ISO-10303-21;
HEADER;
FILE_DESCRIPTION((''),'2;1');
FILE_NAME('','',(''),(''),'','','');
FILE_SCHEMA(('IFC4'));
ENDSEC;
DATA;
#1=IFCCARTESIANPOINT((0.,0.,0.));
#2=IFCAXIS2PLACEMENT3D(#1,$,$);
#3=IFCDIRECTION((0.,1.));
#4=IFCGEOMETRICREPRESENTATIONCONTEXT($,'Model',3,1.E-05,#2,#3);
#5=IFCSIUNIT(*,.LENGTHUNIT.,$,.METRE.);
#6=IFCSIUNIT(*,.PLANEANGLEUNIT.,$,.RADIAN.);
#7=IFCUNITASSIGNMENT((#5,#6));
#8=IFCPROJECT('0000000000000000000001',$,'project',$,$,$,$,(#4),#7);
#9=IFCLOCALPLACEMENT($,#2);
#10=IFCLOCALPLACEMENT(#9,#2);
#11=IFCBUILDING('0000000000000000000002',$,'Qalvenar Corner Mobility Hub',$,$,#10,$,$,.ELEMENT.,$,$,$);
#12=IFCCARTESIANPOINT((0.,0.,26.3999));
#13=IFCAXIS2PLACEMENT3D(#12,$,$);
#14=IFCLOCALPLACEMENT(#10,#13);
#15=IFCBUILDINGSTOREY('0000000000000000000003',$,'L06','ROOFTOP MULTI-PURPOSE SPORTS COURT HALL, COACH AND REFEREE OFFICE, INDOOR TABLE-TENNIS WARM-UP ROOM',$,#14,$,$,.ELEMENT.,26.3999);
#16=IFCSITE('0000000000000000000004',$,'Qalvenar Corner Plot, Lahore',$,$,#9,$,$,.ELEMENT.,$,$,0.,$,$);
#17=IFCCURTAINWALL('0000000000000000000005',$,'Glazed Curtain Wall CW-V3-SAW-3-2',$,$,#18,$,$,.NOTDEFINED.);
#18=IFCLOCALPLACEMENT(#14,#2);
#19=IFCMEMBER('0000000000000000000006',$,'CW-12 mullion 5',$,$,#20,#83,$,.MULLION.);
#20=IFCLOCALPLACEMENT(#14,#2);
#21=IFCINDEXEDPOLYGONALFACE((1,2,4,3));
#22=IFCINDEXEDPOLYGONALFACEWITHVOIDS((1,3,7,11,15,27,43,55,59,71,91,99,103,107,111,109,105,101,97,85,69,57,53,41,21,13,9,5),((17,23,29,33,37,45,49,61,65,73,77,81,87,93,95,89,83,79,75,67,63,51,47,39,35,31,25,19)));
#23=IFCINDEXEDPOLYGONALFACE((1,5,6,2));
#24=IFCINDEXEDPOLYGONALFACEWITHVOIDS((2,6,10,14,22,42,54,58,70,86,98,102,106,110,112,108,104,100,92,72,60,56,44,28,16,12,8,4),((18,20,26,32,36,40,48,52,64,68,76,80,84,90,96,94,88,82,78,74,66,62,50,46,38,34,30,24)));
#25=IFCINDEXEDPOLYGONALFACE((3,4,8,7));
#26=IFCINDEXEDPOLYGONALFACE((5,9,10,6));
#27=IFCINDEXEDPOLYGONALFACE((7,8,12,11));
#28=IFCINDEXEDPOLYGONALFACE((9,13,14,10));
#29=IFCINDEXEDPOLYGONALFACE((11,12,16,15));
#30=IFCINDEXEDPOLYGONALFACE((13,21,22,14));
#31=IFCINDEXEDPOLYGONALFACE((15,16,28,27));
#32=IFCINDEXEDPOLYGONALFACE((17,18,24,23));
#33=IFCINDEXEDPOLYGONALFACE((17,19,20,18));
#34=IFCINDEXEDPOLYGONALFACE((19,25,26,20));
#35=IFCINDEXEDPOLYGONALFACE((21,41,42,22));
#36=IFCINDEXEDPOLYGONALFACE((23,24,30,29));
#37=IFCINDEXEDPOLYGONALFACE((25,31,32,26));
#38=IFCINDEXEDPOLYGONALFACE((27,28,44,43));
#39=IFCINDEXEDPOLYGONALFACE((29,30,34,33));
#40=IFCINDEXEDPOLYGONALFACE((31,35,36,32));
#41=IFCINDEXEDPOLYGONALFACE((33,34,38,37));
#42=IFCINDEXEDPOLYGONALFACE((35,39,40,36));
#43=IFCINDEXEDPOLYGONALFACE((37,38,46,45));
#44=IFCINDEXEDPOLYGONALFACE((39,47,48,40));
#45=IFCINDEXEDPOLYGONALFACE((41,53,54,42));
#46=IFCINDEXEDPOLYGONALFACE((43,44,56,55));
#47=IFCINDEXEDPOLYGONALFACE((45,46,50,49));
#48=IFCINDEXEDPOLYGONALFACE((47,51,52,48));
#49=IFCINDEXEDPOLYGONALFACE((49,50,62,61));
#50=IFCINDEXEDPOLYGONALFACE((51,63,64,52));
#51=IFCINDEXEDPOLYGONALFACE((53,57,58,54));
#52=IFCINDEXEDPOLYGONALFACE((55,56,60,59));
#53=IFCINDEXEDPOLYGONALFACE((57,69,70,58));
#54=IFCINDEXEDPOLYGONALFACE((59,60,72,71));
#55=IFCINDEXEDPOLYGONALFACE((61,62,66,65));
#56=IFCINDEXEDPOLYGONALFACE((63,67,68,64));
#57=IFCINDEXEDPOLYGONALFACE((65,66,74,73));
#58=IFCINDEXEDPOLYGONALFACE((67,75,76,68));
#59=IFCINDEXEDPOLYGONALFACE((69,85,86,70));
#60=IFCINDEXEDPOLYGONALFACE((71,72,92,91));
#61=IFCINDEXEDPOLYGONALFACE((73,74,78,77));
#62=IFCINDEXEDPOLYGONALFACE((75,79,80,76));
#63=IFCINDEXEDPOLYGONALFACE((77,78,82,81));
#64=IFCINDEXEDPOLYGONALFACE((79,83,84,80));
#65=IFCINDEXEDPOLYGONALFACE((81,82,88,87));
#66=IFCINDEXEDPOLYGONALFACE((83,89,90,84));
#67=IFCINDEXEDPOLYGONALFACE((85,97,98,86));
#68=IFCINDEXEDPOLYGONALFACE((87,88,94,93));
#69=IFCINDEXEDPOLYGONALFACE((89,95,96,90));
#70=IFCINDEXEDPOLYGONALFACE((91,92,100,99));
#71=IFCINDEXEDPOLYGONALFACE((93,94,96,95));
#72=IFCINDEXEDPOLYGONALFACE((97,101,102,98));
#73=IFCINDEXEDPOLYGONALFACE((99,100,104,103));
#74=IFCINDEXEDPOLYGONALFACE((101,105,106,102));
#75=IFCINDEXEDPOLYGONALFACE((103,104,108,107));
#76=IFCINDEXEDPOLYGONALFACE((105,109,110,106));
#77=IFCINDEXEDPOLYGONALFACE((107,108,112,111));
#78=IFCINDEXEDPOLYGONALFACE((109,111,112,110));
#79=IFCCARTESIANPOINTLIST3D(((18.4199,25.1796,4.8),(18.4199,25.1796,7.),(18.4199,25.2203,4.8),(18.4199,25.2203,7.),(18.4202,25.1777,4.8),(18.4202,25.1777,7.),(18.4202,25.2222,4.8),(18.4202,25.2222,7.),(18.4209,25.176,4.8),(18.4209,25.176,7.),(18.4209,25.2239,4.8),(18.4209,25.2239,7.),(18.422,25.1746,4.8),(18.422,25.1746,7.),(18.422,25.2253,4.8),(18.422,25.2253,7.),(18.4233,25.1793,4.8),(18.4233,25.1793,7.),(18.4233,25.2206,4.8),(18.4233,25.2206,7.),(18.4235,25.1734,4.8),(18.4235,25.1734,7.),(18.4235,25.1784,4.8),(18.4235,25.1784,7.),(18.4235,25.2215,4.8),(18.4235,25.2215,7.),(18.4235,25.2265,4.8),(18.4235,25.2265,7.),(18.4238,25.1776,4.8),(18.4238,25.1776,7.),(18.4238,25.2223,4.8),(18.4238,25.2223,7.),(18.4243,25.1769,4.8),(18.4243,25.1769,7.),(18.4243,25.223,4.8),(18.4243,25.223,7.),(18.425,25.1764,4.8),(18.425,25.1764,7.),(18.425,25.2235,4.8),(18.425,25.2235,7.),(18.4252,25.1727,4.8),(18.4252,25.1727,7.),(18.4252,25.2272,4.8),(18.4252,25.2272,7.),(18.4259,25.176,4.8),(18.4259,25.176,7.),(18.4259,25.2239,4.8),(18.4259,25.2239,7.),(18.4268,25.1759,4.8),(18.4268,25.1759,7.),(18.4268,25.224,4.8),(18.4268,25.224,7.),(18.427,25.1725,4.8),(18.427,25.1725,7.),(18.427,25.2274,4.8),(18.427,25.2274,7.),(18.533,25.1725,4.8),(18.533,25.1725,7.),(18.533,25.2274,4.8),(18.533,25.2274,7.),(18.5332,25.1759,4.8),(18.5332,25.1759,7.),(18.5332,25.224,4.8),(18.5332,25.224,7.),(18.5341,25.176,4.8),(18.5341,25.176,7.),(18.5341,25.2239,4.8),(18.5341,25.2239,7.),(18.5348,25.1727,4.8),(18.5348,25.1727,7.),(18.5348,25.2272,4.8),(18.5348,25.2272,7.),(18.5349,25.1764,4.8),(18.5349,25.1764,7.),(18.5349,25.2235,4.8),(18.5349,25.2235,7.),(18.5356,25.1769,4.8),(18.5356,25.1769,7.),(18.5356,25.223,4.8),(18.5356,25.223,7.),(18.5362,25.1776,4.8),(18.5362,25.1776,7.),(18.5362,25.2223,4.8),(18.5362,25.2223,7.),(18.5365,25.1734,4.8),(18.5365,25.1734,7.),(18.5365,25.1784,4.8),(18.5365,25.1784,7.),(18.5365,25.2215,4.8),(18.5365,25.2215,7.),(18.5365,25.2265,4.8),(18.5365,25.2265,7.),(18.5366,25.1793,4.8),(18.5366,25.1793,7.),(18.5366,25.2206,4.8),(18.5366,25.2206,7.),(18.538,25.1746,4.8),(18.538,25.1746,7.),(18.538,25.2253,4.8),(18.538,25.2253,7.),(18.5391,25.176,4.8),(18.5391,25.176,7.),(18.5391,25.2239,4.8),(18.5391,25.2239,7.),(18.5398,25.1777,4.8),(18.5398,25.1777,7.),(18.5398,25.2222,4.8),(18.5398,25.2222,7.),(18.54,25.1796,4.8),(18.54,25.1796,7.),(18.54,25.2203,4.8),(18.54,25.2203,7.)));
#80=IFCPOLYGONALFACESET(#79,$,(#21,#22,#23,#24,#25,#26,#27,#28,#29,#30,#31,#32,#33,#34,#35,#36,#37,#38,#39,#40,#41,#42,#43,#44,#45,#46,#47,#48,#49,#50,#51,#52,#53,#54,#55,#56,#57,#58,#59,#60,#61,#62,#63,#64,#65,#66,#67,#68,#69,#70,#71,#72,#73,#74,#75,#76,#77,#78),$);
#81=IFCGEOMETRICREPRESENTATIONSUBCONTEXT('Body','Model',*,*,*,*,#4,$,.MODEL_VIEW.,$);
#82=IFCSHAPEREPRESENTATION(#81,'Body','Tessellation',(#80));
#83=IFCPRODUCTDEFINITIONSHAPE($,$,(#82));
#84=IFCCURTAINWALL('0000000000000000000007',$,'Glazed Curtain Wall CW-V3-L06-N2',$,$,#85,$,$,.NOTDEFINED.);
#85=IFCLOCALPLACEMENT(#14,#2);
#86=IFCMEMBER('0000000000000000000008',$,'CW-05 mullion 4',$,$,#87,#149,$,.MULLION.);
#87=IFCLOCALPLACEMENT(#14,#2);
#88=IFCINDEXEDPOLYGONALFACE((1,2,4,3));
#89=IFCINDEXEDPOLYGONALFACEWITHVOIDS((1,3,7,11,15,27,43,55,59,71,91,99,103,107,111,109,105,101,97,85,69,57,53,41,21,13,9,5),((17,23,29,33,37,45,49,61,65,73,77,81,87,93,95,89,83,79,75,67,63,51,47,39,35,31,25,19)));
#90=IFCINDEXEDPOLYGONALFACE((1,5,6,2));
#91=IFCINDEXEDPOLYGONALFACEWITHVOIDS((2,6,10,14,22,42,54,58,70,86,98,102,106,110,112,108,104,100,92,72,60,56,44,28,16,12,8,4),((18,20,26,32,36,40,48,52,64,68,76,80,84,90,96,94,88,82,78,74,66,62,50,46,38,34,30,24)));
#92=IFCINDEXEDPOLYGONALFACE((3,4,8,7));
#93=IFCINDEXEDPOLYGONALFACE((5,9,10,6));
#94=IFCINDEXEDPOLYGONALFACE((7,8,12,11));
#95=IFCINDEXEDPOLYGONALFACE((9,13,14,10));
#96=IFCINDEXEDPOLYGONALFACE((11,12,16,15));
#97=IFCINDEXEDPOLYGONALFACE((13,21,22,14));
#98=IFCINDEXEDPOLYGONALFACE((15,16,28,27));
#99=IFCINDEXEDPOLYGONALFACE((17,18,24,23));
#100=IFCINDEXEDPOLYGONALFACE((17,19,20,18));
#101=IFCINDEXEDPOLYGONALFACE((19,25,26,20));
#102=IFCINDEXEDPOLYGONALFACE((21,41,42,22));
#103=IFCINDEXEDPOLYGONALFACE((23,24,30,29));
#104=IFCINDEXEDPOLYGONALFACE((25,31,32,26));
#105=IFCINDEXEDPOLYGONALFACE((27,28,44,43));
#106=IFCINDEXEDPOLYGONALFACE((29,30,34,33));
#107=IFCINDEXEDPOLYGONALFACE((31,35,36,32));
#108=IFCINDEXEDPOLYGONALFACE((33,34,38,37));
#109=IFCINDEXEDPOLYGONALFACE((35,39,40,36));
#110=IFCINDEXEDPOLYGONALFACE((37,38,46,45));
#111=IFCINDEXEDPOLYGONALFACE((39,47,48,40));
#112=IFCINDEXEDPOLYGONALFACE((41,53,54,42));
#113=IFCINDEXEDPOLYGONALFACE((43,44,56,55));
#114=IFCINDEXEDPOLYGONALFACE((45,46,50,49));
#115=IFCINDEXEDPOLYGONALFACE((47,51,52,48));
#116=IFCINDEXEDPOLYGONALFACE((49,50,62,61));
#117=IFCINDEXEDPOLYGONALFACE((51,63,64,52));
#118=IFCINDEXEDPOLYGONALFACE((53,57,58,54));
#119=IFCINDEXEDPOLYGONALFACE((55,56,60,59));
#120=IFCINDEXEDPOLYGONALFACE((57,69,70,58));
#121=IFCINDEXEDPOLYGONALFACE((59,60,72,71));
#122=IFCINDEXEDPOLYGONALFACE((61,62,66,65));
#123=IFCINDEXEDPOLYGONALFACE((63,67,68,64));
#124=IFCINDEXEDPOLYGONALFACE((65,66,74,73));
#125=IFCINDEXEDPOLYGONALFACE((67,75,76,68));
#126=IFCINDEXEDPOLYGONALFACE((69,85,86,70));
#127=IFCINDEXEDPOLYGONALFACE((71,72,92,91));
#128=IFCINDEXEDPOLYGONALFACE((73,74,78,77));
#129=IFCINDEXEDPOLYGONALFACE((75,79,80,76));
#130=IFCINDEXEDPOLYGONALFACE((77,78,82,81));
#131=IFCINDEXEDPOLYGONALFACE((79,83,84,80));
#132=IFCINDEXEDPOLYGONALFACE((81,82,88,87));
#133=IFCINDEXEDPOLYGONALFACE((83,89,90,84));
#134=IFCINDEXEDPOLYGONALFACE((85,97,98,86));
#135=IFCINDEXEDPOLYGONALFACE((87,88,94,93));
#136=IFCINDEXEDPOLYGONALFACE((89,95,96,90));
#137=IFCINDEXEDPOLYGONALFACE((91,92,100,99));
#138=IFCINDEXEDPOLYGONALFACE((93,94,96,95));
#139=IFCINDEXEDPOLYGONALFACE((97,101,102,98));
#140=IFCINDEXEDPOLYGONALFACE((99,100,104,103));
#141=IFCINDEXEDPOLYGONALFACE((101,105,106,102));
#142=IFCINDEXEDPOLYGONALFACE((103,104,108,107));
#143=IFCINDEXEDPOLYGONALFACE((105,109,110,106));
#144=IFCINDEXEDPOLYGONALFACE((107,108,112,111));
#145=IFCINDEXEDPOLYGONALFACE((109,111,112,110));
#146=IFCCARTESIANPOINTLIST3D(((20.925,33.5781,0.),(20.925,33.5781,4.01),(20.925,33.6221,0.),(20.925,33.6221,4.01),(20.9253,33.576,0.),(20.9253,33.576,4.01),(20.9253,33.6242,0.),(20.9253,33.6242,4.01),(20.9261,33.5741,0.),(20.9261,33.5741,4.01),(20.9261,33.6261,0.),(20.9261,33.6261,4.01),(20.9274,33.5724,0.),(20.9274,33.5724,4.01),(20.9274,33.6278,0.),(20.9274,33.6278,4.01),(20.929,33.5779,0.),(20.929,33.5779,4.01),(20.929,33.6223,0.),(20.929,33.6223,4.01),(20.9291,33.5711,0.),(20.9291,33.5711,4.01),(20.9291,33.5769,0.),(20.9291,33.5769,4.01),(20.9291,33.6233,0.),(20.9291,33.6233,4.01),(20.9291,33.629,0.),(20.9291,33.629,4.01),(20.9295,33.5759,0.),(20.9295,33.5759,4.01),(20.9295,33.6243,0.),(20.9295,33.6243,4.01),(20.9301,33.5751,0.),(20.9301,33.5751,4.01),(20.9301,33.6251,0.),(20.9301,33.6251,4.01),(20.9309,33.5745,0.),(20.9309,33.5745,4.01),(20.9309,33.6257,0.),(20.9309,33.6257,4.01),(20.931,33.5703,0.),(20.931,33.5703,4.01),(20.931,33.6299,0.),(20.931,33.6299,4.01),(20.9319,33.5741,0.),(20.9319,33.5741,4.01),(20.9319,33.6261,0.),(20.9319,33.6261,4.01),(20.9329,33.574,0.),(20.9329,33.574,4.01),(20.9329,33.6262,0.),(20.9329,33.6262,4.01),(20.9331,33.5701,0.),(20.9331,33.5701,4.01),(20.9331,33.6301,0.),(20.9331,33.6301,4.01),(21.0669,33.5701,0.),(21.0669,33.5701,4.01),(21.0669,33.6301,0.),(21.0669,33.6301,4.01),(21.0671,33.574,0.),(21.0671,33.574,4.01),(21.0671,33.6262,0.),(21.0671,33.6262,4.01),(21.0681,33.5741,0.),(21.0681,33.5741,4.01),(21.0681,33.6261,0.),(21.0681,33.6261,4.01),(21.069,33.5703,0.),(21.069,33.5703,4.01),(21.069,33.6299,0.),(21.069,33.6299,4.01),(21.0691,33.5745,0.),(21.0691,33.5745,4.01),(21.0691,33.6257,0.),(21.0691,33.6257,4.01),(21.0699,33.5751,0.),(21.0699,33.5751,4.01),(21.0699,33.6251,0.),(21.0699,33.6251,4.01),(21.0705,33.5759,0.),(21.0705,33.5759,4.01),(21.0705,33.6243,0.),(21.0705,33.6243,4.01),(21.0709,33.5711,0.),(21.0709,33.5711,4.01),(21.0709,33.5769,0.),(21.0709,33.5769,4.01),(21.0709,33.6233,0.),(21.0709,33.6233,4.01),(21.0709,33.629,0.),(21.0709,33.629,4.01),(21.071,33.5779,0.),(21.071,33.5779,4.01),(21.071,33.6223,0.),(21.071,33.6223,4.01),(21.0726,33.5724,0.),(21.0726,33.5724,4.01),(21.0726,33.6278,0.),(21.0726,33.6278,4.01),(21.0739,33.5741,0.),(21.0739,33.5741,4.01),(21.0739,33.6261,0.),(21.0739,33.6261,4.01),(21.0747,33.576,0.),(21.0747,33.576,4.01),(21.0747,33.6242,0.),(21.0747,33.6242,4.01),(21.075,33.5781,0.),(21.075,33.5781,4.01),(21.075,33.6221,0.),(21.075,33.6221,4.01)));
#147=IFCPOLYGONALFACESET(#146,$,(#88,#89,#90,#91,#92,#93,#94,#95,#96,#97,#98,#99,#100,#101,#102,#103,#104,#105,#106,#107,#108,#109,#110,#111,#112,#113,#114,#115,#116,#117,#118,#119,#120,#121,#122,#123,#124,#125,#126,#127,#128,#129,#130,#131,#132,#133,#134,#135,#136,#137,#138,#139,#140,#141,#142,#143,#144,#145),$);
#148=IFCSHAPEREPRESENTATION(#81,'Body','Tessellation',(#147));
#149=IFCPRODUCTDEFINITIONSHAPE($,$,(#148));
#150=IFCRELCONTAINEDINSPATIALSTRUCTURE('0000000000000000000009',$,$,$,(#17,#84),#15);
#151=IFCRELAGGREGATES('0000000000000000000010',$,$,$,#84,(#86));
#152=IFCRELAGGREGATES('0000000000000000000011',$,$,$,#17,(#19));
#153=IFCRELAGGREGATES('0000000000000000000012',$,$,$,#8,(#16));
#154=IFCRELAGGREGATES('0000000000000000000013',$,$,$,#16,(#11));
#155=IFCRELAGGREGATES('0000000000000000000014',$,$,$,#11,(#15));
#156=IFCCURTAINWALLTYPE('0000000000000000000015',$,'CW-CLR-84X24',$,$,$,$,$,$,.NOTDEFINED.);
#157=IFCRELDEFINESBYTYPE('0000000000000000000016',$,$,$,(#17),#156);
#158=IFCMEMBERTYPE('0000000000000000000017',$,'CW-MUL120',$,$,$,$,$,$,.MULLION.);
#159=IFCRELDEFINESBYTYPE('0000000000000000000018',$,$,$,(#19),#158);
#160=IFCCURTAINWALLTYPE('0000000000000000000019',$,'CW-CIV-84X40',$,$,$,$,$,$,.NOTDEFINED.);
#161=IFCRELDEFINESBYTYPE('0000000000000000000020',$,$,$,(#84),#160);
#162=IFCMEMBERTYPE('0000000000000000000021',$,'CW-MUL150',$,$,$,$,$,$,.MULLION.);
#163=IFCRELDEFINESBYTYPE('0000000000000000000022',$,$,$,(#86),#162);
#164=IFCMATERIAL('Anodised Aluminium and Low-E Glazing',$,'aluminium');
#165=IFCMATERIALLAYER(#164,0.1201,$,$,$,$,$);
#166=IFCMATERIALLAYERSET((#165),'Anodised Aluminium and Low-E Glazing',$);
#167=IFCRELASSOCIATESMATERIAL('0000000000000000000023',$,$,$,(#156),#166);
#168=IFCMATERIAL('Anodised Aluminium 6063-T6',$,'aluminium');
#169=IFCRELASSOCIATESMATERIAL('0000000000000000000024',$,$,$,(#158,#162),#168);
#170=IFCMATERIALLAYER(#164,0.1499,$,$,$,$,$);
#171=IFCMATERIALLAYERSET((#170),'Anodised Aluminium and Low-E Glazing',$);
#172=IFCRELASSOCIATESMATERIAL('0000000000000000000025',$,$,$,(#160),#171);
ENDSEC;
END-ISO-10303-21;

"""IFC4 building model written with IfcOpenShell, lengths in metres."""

from ifc_helpers import new_model, si_unit, direction, frame, origin, origin_2d, place, context, subcontext, project, spatial, hollow_rectangle, extrude, material, layer, layer_set, material_profile, profile_set, type_object, element, aggregate, save


model = new_model("IFC4")

# Units and contexts
model_context = context("Model", 3, precision=1e-05, world=origin(), true_north=direction((0.0, 1.0)))
body_context = subcontext(model_context, "Body", "Model", "MODEL_VIEW")
ifc_project = project(units=[si_unit("LENGTHUNIT", "METRE"), si_unit("PLANEANGLEUNIT", "RADIAN")], contexts=[model_context])

# Site, building, storey
site_placement = place(None, origin())
site = spatial("IfcSite", under=ifc_project, at=site_placement, Name="Qalvenar Corner Plot, Lahore", CompositionType="ELEMENT", RefElevation=0.0)
building_placement = place(site_placement, origin())
building = spatial("IfcBuilding", under=site, at=building_placement, Name="Qalvenar Corner Mobility Hub", CompositionType="ELEMENT")
storey_placement = place(building_placement, frame((0.0, 0.0, 26.3999)))
storey = spatial("IfcBuildingStorey", under=building, at=storey_placement, Name="L06", Description="ROOFTOP MULTI-PURPOSE SPORTS COURT HALL, COACH AND REFEREE OFFICE, INDOOR TABLE-TENNIS WARM-UP ROOM", CompositionType="ELEMENT", Elevation=26.3999)

# Curtain walls, members
ifc_material_1 = material(Name="Anodised Aluminium and Low-E Glazing", Category="aluminium")
ifc_layer_1 = layer(ifc_material_1, 0.1201)
ifc_layer_set_1 = layer_set([ifc_layer_1], Name="Anodised Aluminium and Low-E Glazing")
curtain_wall_type_1 = type_object("IfcCurtainWallType", Name="CW-CLR-84X24", PredefinedType="NOTDEFINED", material=ifc_layer_set_1)
curtain_wall_1_placement = place(storey_placement, origin())
curtain_wall_1 = element("IfcCurtainWall", 1, at=curtain_wall_1_placement, inside=storey, type_object=curtain_wall_type_1, Name="Glazed Curtain Wall CW-V3-SAW-3-2", PredefinedType="NOTDEFINED")
ifc_material_2 = material(Name="Anodised Aluminium 6063-T6", Category="aluminium")
ifc_material_profile_1 = material_profile(ifc_material_2, hollow_rectangle(XDim=0.0549, YDim=0.1201, WallThickness=0.0034, InnerFilletRadius=0.0034, OuterFilletRadius=0.0071, at=origin_2d()), Name="RHS120x55x3.5")
ifc_profile_set_1 = profile_set([ifc_material_profile_1], Name="Anodised Aluminium 6063-T6")
member_type_1 = type_object("IfcMemberType", Name="CW-MUL120", PredefinedType="MULLION", material=ifc_profile_set_1)
member_1_placement = place(storey_placement, frame((18.48, 25.2, 4.8), z_axis=(0.0, 0.0, 1.0), x_axis=(0.0, -1.0, 0.0)))
member_1 = element("IfcMember", 2, at=member_1_placement, type_object=member_type_1, Name="CW-12 mullion 5", PredefinedType="MULLION", context=body_context, shape_type="SweptSolid", body=[
    extrude(hollow_rectangle(XDim=0.0549, YDim=0.1201, WallThickness=0.0034, InnerFilletRadius=0.0034, OuterFilletRadius=0.0071, at=origin_2d()), origin(), (0.0, 0.0, 1.0), 2.2),
])
ifc_layer_2 = layer(ifc_material_1, 0.1499)
ifc_layer_set_2 = layer_set([ifc_layer_2], Name="Anodised Aluminium and Low-E Glazing")
curtain_wall_type_2 = type_object("IfcCurtainWallType", Name="CW-CIV-84X40", PredefinedType="NOTDEFINED", material=ifc_layer_set_2)
curtain_wall_2_placement = place(storey_placement, origin())
curtain_wall_2 = element("IfcCurtainWall", 3, at=curtain_wall_2_placement, inside=storey, type_object=curtain_wall_type_2, Name="Glazed Curtain Wall CW-V3-L06-N2", PredefinedType="NOTDEFINED")
ifc_material_profile_2 = material_profile(ifc_material_2, hollow_rectangle(XDim=0.0601, YDim=0.1499, WallThickness=0.0039, InnerFilletRadius=0.0039, OuterFilletRadius=0.0081, at=origin_2d()), Name="RHS150x60x4")
ifc_profile_set_2 = profile_set([ifc_material_profile_2], Name="Anodised Aluminium 6063-T6")
member_type_2 = type_object("IfcMemberType", Name="CW-MUL150", PredefinedType="MULLION", material=ifc_profile_set_2)
member_2_placement = place(storey_placement, frame((21.0, 33.6001, 0.0), z_axis=(0.0, 0.0, 1.0), x_axis=(0.0, -1.0, 0.0)))
member_2 = element("IfcMember", 4, at=member_2_placement, type_object=member_type_2, Name="CW-05 mullion 4", PredefinedType="MULLION", context=body_context, shape_type="SweptSolid", body=[
    extrude(hollow_rectangle(XDim=0.0601, YDim=0.1499, WallThickness=0.0039, InnerFilletRadius=0.0039, OuterFilletRadius=0.0081, at=origin_2d()), origin(), (0.0, 0.0, 1.0), 4.01),
])

aggregate(curtain_wall_2, [member_2])
aggregate(curtain_wall_1, [member_1])

save(model, "model.ifc")
